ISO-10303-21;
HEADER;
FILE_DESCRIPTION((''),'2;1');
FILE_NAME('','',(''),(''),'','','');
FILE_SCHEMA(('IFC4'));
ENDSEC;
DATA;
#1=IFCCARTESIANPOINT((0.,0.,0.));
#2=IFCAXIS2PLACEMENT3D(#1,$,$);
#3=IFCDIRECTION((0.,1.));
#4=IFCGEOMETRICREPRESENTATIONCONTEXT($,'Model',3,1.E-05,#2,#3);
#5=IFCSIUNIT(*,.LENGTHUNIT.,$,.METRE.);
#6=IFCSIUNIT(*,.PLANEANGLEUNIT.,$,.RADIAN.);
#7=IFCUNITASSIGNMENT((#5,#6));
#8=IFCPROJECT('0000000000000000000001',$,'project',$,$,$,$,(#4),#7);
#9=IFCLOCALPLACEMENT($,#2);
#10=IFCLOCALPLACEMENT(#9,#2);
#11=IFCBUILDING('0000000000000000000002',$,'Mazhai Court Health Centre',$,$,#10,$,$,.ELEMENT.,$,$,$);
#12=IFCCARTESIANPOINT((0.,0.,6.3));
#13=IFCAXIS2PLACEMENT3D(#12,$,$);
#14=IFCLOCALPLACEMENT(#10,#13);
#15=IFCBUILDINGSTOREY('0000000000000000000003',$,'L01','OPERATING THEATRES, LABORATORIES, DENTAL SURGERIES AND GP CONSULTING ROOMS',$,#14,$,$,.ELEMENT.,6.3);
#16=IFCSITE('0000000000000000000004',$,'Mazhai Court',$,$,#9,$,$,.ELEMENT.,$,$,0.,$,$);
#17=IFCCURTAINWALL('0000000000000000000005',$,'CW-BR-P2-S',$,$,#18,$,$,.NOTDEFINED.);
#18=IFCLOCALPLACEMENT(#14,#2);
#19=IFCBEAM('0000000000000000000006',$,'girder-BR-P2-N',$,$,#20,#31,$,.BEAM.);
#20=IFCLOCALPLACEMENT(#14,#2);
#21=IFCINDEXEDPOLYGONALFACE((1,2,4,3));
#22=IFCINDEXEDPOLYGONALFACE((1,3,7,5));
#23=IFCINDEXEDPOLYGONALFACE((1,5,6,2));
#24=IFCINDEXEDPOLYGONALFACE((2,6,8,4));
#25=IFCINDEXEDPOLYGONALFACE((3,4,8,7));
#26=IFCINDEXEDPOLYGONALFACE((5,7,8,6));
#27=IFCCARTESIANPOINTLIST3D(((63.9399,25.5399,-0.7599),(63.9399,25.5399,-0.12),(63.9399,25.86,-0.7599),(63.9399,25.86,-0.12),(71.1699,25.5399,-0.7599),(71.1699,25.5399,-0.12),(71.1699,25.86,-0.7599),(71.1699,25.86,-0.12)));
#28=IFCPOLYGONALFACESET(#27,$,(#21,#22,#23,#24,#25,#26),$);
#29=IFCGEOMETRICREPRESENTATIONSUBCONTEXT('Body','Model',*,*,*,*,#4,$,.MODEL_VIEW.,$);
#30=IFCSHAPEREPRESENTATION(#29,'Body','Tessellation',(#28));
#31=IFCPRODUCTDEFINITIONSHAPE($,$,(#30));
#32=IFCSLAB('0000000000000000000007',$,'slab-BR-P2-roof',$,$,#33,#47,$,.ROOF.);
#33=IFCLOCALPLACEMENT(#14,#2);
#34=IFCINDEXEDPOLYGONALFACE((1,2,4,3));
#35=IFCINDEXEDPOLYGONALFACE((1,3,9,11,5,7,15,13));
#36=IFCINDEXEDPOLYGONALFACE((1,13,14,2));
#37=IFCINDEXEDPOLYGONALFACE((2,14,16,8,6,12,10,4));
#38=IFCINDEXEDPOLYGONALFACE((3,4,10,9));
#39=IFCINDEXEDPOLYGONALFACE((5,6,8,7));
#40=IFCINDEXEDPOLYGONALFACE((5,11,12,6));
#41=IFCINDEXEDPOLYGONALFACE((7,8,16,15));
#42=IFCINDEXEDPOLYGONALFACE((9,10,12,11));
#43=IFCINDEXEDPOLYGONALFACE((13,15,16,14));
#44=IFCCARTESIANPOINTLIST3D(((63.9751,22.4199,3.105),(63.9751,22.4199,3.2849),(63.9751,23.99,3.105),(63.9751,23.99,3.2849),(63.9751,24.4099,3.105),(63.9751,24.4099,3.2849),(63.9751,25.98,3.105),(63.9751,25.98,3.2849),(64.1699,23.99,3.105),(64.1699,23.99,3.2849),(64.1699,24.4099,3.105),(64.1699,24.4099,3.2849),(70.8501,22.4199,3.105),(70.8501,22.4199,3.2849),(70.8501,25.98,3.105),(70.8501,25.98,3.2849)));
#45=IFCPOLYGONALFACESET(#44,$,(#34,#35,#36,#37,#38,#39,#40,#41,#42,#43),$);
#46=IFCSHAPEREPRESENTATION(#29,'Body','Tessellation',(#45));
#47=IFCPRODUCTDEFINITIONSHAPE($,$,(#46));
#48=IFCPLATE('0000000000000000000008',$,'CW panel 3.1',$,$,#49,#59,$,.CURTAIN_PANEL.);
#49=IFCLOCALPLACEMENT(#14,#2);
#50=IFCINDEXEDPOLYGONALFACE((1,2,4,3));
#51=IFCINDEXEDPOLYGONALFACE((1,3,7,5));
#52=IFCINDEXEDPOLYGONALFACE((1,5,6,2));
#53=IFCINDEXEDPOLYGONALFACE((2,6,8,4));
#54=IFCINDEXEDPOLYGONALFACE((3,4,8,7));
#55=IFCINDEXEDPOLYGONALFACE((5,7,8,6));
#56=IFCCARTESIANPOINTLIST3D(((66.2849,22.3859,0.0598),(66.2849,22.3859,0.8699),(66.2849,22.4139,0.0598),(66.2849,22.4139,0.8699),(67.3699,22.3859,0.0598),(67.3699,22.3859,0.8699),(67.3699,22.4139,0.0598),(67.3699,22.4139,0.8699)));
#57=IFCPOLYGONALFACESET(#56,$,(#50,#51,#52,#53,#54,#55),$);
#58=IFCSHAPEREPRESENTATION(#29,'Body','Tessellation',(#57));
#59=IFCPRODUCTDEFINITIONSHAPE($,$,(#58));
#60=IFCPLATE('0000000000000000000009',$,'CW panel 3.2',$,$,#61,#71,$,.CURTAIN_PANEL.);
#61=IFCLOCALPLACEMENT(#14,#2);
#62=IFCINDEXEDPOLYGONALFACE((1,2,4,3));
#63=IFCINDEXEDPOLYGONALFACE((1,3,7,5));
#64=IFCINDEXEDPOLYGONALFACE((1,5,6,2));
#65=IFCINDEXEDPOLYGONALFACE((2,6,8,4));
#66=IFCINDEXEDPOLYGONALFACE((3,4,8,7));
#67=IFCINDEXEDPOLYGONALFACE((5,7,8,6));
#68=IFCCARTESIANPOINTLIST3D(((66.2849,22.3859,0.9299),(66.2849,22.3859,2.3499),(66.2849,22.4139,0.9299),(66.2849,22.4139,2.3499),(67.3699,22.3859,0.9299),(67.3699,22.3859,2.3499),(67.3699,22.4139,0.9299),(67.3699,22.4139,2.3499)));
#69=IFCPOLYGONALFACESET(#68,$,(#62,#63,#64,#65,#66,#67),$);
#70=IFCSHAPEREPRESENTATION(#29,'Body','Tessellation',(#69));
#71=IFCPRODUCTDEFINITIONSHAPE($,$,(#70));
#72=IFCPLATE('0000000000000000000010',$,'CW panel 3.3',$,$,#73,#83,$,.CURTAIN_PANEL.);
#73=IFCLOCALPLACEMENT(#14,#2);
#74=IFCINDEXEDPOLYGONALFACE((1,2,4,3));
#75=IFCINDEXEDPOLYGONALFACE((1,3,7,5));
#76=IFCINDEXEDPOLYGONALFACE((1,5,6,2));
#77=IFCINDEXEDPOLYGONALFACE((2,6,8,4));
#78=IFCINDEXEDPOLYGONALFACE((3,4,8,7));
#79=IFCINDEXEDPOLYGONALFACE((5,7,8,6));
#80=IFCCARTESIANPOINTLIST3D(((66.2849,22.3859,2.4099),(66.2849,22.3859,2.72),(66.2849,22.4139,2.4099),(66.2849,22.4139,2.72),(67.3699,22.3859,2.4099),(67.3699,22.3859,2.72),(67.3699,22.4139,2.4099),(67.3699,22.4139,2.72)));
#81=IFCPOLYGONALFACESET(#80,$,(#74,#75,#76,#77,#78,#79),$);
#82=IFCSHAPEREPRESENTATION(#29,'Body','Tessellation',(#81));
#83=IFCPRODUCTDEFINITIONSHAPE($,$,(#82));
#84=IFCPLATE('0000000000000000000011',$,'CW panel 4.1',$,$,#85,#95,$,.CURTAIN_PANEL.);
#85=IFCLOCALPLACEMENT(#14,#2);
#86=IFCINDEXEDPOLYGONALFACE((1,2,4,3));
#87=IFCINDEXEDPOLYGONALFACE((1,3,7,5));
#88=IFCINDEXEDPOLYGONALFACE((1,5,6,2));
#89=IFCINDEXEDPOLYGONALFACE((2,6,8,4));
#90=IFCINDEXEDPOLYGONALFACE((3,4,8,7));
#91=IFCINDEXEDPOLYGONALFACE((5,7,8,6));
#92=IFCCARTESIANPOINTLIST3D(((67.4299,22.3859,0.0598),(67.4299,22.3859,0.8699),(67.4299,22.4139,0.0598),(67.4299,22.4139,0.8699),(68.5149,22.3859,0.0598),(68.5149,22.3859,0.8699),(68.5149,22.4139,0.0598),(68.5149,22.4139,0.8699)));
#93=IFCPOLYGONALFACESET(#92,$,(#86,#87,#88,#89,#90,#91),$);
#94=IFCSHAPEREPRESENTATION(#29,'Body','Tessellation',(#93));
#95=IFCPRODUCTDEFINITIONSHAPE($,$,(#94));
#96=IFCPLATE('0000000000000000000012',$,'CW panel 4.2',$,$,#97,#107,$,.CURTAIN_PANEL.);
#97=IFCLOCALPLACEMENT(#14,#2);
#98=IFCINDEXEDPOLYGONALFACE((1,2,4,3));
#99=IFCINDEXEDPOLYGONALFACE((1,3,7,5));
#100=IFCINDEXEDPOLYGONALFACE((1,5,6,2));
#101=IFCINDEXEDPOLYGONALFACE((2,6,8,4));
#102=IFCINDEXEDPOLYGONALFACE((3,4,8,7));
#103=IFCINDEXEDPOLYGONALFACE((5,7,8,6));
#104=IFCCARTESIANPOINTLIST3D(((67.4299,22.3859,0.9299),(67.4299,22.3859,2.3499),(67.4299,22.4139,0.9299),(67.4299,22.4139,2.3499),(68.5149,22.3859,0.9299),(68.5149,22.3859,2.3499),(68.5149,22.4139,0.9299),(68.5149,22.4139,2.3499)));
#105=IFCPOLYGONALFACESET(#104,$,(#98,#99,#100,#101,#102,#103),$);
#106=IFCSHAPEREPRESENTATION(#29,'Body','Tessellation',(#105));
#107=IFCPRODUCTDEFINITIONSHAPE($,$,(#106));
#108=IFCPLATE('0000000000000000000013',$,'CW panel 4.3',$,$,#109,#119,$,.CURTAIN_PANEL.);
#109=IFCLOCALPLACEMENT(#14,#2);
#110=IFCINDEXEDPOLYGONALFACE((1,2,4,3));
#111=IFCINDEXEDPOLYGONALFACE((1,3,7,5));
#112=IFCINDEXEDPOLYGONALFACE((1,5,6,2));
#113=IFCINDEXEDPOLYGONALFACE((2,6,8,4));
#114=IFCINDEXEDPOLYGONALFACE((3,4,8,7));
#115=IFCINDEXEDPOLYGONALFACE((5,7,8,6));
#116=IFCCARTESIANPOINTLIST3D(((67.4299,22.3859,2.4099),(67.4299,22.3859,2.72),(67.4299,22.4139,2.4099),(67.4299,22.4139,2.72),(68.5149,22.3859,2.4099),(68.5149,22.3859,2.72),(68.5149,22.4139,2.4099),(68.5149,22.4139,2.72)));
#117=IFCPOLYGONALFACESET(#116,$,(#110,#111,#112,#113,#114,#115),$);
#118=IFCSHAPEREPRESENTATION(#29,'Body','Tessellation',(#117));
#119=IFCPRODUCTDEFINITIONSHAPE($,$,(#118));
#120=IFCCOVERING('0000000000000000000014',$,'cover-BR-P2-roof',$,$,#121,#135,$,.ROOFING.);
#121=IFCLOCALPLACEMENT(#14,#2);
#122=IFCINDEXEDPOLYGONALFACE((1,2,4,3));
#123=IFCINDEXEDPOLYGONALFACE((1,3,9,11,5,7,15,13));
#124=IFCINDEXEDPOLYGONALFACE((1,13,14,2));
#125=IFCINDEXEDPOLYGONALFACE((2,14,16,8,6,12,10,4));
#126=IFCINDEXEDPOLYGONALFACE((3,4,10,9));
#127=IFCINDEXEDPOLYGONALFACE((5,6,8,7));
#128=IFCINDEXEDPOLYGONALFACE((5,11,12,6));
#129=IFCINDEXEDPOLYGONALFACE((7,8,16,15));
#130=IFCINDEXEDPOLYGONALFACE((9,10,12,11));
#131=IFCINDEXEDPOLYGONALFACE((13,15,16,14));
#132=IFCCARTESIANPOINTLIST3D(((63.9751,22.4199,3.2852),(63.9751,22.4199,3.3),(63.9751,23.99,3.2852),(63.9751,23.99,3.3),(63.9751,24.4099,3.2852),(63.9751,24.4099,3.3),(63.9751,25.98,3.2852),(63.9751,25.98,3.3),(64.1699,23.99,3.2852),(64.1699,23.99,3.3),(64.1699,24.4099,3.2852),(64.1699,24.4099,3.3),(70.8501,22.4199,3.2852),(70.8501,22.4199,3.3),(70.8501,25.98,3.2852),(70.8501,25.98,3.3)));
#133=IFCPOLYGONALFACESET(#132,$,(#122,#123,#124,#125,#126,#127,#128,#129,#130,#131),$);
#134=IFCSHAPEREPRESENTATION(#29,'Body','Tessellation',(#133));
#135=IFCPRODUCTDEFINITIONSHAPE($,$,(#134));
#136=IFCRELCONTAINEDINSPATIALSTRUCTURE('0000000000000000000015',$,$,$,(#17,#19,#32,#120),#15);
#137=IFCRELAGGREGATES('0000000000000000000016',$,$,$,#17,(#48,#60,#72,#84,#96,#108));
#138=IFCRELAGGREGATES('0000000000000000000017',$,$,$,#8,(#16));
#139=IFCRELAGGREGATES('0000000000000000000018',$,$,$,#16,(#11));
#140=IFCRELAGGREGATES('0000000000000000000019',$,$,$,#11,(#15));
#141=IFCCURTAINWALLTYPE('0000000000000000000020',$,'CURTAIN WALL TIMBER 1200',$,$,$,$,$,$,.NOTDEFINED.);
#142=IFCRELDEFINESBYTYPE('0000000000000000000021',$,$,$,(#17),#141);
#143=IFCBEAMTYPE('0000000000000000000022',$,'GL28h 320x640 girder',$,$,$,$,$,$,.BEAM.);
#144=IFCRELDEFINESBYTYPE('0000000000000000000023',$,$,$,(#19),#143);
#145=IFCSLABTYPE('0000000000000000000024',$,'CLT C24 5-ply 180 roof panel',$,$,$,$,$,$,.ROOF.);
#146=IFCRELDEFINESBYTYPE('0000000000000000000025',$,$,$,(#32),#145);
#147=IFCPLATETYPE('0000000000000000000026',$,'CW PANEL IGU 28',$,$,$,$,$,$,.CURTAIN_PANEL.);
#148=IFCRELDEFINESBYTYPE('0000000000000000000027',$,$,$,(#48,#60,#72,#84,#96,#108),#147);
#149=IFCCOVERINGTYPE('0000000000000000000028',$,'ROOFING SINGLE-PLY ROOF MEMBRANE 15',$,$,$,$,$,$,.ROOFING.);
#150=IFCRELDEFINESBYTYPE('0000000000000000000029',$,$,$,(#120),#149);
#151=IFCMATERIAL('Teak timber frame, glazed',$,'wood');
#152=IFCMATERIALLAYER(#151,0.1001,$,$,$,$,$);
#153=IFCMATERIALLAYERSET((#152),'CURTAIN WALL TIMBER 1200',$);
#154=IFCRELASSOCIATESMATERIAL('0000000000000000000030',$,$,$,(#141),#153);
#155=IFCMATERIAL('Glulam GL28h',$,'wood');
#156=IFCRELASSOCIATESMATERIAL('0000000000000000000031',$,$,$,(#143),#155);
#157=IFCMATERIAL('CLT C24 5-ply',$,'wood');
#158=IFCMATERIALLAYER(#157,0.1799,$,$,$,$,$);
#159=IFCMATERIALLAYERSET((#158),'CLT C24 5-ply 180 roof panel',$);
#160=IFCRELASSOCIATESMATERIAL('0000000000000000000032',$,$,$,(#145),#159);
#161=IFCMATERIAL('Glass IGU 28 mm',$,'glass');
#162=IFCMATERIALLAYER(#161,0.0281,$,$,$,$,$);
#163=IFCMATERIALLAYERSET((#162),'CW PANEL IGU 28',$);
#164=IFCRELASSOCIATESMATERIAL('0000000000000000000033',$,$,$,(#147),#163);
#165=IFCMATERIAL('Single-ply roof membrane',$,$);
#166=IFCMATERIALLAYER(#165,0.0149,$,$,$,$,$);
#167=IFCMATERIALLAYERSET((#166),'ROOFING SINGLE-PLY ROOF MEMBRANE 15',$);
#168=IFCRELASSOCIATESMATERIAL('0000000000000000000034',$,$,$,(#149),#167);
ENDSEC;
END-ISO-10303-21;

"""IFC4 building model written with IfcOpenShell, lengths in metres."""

from ifc_helpers import new_model, si_unit, direction, frame, origin, origin_2d, place, context, subcontext, project, spatial, polyline, rectangle, outline, extrude, material, layer, layer_set, material_profile, profile_set, type_object, element, aggregate, save


model = new_model("IFC4")

# Units and contexts
model_context = context("Model", 3, precision=1e-05, world=origin(), true_north=direction((0.0, 1.0)))
body_context = subcontext(model_context, "Body", "Model", "MODEL_VIEW")
ifc_project = project(units=[si_unit("LENGTHUNIT", "METRE"), si_unit("PLANEANGLEUNIT", "RADIAN")], contexts=[model_context])

# Site, building, storey
site_placement = place(None, origin())
site = spatial("IfcSite", under=ifc_project, at=site_placement, Name="Mazhai Court", CompositionType="ELEMENT", RefElevation=0.0)
building_placement = place(site_placement, origin())
building = spatial("IfcBuilding", under=site, at=building_placement, Name="Mazhai Court Health Centre", CompositionType="ELEMENT")
storey_placement = place(building_placement, frame((0.0, 0.0, 6.3)))
storey = spatial("IfcBuildingStorey", under=building, at=storey_placement, Name="L01", Description="OPERATING THEATRES, LABORATORIES, DENTAL SURGERIES AND GP CONSULTING ROOMS", CompositionType="ELEMENT", Elevation=6.3)

# Curtain wall
ifc_material_1 = material(Name="Teak timber frame, glazed", Category="wood")
ifc_layer_1 = layer(ifc_material_1, 0.1001)
ifc_layer_set_1 = layer_set([ifc_layer_1], Name="CURTAIN WALL TIMBER 1200")
curtain_wall_type = type_object("IfcCurtainWallType", Name="CURTAIN WALL TIMBER 1200", PredefinedType="NOTDEFINED", material=ifc_layer_set_1)
curtain_wall_placement = place(storey_placement, origin())
curtain_wall = element("IfcCurtainWall", 1, at=curtain_wall_placement, inside=storey, type_object=curtain_wall_type, Name="CW-BR-P2-S", PredefinedType="NOTDEFINED")

# Beam
ifc_material_2 = material(Name="Glulam GL28h", Category="wood")
ifc_material_profile_1 = material_profile(ifc_material_2, rectangle(XDim=0.3201, YDim=0.6399, at=origin_2d()), Name="GL28h 320x640")
ifc_profile_set_1 = profile_set([ifc_material_profile_1], Name="Glulam GL28h")
beam_type_1 = type_object("IfcBeamType", Name="GL28h 320x640 girder", PredefinedType="BEAM", material=ifc_profile_set_1)
for number, where, z_axis, x_axis, name in (
    (2, (63.9399, 25.7, -0.4399), (1.0, 0.0, 0.0), (0.0, 1.0, 0.0), "girder-BR-P2-N"),
):
    element("IfcBeam", number, at=place(storey_placement, frame(where, z_axis=z_axis, x_axis=x_axis)), inside=storey, type_object=beam_type_1, Name=name, PredefinedType="BEAM", context=body_context, shape_type="SweptSolid", body=[
        extrude(rectangle(XDim=0.3201, YDim=0.6399, at=origin_2d()), origin(), (0.0, 0.0, 1.0), 7.23),
    ])

# Slab
ifc_material_3 = material(Name="CLT C24 5-ply", Category="wood")
ifc_layer_2 = layer(ifc_material_3, 0.1799)
ifc_layer_set_2 = layer_set([ifc_layer_2], Name="CLT C24 5-ply 180 roof panel")
slab_type = type_object("IfcSlabType", Name="CLT C24 5-ply 180 roof panel", PredefinedType="ROOF", material=ifc_layer_set_2)
slab_placement = place(storey_placement, frame((63.9751, 25.98, 3.2849), z_axis=(0.0, 0.0, 1.0), x_axis=(0.0, -1.0, 0.0)))
element("IfcSlab", 3, at=slab_placement, inside=storey, type_object=slab_type, Name="slab-BR-P2-roof", PredefinedType="ROOF", context=body_context, shape_type="SweptSolid", body=[
    extrude(outline(polyline([(0.0, 0.0), (1.5701, 0.0), (1.5701, 0.1948), (1.99, 0.1948), (1.99, 0.0), (3.5601, 0.0), (3.5601, 6.875), (0.0, 6.875), (0.0, 0.0)])), origin(), (0.0, 0.0, -1.0), 0.1799),
])

# Plates
ifc_material_4 = material(Name="Glass IGU 28 mm", Category="glass")
ifc_layer_3 = layer(ifc_material_4, 0.0281)
ifc_layer_set_3 = layer_set([ifc_layer_3], Name="CW PANEL IGU 28")
plate_type = type_object("IfcPlateType", Name="CW PANEL IGU 28", PredefinedType="CURTAIN_PANEL", material=ifc_layer_set_3)
plate_1_placement = place(storey_placement, frame((66.8274, 22.3999, 0.0598), z_axis=(0.0, 0.0, 1.0), x_axis=(1.0, 0.0, 0.0)))
plate_1 = element("IfcPlate", 4, at=plate_1_placement, type_object=plate_type, Name="CW panel 3.1", PredefinedType="CURTAIN_PANEL", context=body_context, shape_type="SweptSolid", body=[
    extrude(rectangle(XDim=1.085, YDim=0.0281, at=origin_2d()), origin(), (0.0, 0.0, 1.0), 0.8101),
])
plate_2_placement = place(storey_placement, frame((66.8274, 22.3999, 0.9299), z_axis=(0.0, 0.0, 1.0), x_axis=(1.0, 0.0, 0.0)))
plate_2 = element("IfcPlate", 5, at=plate_2_placement, type_object=plate_type, Name="CW panel 3.2", PredefinedType="CURTAIN_PANEL", context=body_context, shape_type="SweptSolid", body=[
    extrude(rectangle(XDim=1.085, YDim=0.0281, at=origin_2d()), origin(), (0.0, 0.0, 1.0), 1.4199),
])
plate_3_placement = place(storey_placement, frame((66.8274, 22.3999, 2.4099), z_axis=(0.0, 0.0, 1.0), x_axis=(1.0, 0.0, 0.0)))
plate_3 = element("IfcPlate", 6, at=plate_3_placement, type_object=plate_type, Name="CW panel 3.3", PredefinedType="CURTAIN_PANEL", context=body_context, shape_type="SweptSolid", body=[
    extrude(rectangle(XDim=1.085, YDim=0.0281, at=origin_2d()), origin(), (0.0, 0.0, 1.0), 0.3101),
])
plate_4_placement = place(storey_placement, frame((67.9724, 22.3999, 0.0598), z_axis=(0.0, 0.0, 1.0), x_axis=(1.0, 0.0, 0.0)))
plate_4 = element("IfcPlate", 7, at=plate_4_placement, type_object=plate_type, Name="CW panel 4.1", PredefinedType="CURTAIN_PANEL", context=body_context, shape_type="SweptSolid", body=[
    extrude(rectangle(XDim=1.085, YDim=0.0281, at=origin_2d()), origin(), (0.0, 0.0, 1.0), 0.8101),
])
plate_5_placement = place(storey_placement, frame((67.9724, 22.3999, 0.9299), z_axis=(0.0, 0.0, 1.0), x_axis=(1.0, 0.0, 0.0)))
plate_5 = element("IfcPlate", 8, at=plate_5_placement, type_object=plate_type, Name="CW panel 4.2", PredefinedType="CURTAIN_PANEL", context=body_context, shape_type="SweptSolid", body=[
    extrude(rectangle(XDim=1.085, YDim=0.0281, at=origin_2d()), origin(), (0.0, 0.0, 1.0), 1.4199),
])
plate_6_placement = place(storey_placement, frame((67.9724, 22.3999, 2.4099), z_axis=(0.0, 0.0, 1.0), x_axis=(1.0, 0.0, 0.0)))
plate_6 = element("IfcPlate", 9, at=plate_6_placement, type_object=plate_type, Name="CW panel 4.3", PredefinedType="CURTAIN_PANEL", context=body_context, shape_type="SweptSolid", body=[
    extrude(rectangle(XDim=1.085, YDim=0.0281, at=origin_2d()), origin(), (0.0, 0.0, 1.0), 0.3101),
])
aggregate(curtain_wall, [plate_1, plate_2, plate_3, plate_4, plate_5, plate_6])

# Covering
ifc_material_5 = material(Name="Single-ply roof membrane")
ifc_layer_4 = layer(ifc_material_5, 0.0149)
ifc_layer_set_4 = layer_set([ifc_layer_4], Name="ROOFING SINGLE-PLY ROOF MEMBRANE 15")
covering_type = type_object("IfcCoveringType", Name="ROOFING SINGLE-PLY ROOF MEMBRANE 15", PredefinedType="ROOFING", material=ifc_layer_set_4)
covering_placement = place(storey_placement, frame((63.9751, 25.98, 3.3), z_axis=(0.0, 0.0, 1.0), x_axis=(0.0, -1.0, 0.0)))
element("IfcCovering", 10, at=covering_placement, inside=storey, type_object=covering_type, Name="cover-BR-P2-roof", PredefinedType="ROOFING", context=body_context, shape_type="SweptSolid", body=[
    extrude(outline(polyline([(0.0, 0.0), (1.5701, 0.0), (1.5701, 0.1948), (1.99, 0.1948), (1.99, 0.0), (3.5601, 0.0), (3.5601, 6.875), (0.0, 6.875), (0.0, 0.0)])), origin(), (0.0, 0.0, -1.0), 0.0149),
])

save(model, "model.ifc")
